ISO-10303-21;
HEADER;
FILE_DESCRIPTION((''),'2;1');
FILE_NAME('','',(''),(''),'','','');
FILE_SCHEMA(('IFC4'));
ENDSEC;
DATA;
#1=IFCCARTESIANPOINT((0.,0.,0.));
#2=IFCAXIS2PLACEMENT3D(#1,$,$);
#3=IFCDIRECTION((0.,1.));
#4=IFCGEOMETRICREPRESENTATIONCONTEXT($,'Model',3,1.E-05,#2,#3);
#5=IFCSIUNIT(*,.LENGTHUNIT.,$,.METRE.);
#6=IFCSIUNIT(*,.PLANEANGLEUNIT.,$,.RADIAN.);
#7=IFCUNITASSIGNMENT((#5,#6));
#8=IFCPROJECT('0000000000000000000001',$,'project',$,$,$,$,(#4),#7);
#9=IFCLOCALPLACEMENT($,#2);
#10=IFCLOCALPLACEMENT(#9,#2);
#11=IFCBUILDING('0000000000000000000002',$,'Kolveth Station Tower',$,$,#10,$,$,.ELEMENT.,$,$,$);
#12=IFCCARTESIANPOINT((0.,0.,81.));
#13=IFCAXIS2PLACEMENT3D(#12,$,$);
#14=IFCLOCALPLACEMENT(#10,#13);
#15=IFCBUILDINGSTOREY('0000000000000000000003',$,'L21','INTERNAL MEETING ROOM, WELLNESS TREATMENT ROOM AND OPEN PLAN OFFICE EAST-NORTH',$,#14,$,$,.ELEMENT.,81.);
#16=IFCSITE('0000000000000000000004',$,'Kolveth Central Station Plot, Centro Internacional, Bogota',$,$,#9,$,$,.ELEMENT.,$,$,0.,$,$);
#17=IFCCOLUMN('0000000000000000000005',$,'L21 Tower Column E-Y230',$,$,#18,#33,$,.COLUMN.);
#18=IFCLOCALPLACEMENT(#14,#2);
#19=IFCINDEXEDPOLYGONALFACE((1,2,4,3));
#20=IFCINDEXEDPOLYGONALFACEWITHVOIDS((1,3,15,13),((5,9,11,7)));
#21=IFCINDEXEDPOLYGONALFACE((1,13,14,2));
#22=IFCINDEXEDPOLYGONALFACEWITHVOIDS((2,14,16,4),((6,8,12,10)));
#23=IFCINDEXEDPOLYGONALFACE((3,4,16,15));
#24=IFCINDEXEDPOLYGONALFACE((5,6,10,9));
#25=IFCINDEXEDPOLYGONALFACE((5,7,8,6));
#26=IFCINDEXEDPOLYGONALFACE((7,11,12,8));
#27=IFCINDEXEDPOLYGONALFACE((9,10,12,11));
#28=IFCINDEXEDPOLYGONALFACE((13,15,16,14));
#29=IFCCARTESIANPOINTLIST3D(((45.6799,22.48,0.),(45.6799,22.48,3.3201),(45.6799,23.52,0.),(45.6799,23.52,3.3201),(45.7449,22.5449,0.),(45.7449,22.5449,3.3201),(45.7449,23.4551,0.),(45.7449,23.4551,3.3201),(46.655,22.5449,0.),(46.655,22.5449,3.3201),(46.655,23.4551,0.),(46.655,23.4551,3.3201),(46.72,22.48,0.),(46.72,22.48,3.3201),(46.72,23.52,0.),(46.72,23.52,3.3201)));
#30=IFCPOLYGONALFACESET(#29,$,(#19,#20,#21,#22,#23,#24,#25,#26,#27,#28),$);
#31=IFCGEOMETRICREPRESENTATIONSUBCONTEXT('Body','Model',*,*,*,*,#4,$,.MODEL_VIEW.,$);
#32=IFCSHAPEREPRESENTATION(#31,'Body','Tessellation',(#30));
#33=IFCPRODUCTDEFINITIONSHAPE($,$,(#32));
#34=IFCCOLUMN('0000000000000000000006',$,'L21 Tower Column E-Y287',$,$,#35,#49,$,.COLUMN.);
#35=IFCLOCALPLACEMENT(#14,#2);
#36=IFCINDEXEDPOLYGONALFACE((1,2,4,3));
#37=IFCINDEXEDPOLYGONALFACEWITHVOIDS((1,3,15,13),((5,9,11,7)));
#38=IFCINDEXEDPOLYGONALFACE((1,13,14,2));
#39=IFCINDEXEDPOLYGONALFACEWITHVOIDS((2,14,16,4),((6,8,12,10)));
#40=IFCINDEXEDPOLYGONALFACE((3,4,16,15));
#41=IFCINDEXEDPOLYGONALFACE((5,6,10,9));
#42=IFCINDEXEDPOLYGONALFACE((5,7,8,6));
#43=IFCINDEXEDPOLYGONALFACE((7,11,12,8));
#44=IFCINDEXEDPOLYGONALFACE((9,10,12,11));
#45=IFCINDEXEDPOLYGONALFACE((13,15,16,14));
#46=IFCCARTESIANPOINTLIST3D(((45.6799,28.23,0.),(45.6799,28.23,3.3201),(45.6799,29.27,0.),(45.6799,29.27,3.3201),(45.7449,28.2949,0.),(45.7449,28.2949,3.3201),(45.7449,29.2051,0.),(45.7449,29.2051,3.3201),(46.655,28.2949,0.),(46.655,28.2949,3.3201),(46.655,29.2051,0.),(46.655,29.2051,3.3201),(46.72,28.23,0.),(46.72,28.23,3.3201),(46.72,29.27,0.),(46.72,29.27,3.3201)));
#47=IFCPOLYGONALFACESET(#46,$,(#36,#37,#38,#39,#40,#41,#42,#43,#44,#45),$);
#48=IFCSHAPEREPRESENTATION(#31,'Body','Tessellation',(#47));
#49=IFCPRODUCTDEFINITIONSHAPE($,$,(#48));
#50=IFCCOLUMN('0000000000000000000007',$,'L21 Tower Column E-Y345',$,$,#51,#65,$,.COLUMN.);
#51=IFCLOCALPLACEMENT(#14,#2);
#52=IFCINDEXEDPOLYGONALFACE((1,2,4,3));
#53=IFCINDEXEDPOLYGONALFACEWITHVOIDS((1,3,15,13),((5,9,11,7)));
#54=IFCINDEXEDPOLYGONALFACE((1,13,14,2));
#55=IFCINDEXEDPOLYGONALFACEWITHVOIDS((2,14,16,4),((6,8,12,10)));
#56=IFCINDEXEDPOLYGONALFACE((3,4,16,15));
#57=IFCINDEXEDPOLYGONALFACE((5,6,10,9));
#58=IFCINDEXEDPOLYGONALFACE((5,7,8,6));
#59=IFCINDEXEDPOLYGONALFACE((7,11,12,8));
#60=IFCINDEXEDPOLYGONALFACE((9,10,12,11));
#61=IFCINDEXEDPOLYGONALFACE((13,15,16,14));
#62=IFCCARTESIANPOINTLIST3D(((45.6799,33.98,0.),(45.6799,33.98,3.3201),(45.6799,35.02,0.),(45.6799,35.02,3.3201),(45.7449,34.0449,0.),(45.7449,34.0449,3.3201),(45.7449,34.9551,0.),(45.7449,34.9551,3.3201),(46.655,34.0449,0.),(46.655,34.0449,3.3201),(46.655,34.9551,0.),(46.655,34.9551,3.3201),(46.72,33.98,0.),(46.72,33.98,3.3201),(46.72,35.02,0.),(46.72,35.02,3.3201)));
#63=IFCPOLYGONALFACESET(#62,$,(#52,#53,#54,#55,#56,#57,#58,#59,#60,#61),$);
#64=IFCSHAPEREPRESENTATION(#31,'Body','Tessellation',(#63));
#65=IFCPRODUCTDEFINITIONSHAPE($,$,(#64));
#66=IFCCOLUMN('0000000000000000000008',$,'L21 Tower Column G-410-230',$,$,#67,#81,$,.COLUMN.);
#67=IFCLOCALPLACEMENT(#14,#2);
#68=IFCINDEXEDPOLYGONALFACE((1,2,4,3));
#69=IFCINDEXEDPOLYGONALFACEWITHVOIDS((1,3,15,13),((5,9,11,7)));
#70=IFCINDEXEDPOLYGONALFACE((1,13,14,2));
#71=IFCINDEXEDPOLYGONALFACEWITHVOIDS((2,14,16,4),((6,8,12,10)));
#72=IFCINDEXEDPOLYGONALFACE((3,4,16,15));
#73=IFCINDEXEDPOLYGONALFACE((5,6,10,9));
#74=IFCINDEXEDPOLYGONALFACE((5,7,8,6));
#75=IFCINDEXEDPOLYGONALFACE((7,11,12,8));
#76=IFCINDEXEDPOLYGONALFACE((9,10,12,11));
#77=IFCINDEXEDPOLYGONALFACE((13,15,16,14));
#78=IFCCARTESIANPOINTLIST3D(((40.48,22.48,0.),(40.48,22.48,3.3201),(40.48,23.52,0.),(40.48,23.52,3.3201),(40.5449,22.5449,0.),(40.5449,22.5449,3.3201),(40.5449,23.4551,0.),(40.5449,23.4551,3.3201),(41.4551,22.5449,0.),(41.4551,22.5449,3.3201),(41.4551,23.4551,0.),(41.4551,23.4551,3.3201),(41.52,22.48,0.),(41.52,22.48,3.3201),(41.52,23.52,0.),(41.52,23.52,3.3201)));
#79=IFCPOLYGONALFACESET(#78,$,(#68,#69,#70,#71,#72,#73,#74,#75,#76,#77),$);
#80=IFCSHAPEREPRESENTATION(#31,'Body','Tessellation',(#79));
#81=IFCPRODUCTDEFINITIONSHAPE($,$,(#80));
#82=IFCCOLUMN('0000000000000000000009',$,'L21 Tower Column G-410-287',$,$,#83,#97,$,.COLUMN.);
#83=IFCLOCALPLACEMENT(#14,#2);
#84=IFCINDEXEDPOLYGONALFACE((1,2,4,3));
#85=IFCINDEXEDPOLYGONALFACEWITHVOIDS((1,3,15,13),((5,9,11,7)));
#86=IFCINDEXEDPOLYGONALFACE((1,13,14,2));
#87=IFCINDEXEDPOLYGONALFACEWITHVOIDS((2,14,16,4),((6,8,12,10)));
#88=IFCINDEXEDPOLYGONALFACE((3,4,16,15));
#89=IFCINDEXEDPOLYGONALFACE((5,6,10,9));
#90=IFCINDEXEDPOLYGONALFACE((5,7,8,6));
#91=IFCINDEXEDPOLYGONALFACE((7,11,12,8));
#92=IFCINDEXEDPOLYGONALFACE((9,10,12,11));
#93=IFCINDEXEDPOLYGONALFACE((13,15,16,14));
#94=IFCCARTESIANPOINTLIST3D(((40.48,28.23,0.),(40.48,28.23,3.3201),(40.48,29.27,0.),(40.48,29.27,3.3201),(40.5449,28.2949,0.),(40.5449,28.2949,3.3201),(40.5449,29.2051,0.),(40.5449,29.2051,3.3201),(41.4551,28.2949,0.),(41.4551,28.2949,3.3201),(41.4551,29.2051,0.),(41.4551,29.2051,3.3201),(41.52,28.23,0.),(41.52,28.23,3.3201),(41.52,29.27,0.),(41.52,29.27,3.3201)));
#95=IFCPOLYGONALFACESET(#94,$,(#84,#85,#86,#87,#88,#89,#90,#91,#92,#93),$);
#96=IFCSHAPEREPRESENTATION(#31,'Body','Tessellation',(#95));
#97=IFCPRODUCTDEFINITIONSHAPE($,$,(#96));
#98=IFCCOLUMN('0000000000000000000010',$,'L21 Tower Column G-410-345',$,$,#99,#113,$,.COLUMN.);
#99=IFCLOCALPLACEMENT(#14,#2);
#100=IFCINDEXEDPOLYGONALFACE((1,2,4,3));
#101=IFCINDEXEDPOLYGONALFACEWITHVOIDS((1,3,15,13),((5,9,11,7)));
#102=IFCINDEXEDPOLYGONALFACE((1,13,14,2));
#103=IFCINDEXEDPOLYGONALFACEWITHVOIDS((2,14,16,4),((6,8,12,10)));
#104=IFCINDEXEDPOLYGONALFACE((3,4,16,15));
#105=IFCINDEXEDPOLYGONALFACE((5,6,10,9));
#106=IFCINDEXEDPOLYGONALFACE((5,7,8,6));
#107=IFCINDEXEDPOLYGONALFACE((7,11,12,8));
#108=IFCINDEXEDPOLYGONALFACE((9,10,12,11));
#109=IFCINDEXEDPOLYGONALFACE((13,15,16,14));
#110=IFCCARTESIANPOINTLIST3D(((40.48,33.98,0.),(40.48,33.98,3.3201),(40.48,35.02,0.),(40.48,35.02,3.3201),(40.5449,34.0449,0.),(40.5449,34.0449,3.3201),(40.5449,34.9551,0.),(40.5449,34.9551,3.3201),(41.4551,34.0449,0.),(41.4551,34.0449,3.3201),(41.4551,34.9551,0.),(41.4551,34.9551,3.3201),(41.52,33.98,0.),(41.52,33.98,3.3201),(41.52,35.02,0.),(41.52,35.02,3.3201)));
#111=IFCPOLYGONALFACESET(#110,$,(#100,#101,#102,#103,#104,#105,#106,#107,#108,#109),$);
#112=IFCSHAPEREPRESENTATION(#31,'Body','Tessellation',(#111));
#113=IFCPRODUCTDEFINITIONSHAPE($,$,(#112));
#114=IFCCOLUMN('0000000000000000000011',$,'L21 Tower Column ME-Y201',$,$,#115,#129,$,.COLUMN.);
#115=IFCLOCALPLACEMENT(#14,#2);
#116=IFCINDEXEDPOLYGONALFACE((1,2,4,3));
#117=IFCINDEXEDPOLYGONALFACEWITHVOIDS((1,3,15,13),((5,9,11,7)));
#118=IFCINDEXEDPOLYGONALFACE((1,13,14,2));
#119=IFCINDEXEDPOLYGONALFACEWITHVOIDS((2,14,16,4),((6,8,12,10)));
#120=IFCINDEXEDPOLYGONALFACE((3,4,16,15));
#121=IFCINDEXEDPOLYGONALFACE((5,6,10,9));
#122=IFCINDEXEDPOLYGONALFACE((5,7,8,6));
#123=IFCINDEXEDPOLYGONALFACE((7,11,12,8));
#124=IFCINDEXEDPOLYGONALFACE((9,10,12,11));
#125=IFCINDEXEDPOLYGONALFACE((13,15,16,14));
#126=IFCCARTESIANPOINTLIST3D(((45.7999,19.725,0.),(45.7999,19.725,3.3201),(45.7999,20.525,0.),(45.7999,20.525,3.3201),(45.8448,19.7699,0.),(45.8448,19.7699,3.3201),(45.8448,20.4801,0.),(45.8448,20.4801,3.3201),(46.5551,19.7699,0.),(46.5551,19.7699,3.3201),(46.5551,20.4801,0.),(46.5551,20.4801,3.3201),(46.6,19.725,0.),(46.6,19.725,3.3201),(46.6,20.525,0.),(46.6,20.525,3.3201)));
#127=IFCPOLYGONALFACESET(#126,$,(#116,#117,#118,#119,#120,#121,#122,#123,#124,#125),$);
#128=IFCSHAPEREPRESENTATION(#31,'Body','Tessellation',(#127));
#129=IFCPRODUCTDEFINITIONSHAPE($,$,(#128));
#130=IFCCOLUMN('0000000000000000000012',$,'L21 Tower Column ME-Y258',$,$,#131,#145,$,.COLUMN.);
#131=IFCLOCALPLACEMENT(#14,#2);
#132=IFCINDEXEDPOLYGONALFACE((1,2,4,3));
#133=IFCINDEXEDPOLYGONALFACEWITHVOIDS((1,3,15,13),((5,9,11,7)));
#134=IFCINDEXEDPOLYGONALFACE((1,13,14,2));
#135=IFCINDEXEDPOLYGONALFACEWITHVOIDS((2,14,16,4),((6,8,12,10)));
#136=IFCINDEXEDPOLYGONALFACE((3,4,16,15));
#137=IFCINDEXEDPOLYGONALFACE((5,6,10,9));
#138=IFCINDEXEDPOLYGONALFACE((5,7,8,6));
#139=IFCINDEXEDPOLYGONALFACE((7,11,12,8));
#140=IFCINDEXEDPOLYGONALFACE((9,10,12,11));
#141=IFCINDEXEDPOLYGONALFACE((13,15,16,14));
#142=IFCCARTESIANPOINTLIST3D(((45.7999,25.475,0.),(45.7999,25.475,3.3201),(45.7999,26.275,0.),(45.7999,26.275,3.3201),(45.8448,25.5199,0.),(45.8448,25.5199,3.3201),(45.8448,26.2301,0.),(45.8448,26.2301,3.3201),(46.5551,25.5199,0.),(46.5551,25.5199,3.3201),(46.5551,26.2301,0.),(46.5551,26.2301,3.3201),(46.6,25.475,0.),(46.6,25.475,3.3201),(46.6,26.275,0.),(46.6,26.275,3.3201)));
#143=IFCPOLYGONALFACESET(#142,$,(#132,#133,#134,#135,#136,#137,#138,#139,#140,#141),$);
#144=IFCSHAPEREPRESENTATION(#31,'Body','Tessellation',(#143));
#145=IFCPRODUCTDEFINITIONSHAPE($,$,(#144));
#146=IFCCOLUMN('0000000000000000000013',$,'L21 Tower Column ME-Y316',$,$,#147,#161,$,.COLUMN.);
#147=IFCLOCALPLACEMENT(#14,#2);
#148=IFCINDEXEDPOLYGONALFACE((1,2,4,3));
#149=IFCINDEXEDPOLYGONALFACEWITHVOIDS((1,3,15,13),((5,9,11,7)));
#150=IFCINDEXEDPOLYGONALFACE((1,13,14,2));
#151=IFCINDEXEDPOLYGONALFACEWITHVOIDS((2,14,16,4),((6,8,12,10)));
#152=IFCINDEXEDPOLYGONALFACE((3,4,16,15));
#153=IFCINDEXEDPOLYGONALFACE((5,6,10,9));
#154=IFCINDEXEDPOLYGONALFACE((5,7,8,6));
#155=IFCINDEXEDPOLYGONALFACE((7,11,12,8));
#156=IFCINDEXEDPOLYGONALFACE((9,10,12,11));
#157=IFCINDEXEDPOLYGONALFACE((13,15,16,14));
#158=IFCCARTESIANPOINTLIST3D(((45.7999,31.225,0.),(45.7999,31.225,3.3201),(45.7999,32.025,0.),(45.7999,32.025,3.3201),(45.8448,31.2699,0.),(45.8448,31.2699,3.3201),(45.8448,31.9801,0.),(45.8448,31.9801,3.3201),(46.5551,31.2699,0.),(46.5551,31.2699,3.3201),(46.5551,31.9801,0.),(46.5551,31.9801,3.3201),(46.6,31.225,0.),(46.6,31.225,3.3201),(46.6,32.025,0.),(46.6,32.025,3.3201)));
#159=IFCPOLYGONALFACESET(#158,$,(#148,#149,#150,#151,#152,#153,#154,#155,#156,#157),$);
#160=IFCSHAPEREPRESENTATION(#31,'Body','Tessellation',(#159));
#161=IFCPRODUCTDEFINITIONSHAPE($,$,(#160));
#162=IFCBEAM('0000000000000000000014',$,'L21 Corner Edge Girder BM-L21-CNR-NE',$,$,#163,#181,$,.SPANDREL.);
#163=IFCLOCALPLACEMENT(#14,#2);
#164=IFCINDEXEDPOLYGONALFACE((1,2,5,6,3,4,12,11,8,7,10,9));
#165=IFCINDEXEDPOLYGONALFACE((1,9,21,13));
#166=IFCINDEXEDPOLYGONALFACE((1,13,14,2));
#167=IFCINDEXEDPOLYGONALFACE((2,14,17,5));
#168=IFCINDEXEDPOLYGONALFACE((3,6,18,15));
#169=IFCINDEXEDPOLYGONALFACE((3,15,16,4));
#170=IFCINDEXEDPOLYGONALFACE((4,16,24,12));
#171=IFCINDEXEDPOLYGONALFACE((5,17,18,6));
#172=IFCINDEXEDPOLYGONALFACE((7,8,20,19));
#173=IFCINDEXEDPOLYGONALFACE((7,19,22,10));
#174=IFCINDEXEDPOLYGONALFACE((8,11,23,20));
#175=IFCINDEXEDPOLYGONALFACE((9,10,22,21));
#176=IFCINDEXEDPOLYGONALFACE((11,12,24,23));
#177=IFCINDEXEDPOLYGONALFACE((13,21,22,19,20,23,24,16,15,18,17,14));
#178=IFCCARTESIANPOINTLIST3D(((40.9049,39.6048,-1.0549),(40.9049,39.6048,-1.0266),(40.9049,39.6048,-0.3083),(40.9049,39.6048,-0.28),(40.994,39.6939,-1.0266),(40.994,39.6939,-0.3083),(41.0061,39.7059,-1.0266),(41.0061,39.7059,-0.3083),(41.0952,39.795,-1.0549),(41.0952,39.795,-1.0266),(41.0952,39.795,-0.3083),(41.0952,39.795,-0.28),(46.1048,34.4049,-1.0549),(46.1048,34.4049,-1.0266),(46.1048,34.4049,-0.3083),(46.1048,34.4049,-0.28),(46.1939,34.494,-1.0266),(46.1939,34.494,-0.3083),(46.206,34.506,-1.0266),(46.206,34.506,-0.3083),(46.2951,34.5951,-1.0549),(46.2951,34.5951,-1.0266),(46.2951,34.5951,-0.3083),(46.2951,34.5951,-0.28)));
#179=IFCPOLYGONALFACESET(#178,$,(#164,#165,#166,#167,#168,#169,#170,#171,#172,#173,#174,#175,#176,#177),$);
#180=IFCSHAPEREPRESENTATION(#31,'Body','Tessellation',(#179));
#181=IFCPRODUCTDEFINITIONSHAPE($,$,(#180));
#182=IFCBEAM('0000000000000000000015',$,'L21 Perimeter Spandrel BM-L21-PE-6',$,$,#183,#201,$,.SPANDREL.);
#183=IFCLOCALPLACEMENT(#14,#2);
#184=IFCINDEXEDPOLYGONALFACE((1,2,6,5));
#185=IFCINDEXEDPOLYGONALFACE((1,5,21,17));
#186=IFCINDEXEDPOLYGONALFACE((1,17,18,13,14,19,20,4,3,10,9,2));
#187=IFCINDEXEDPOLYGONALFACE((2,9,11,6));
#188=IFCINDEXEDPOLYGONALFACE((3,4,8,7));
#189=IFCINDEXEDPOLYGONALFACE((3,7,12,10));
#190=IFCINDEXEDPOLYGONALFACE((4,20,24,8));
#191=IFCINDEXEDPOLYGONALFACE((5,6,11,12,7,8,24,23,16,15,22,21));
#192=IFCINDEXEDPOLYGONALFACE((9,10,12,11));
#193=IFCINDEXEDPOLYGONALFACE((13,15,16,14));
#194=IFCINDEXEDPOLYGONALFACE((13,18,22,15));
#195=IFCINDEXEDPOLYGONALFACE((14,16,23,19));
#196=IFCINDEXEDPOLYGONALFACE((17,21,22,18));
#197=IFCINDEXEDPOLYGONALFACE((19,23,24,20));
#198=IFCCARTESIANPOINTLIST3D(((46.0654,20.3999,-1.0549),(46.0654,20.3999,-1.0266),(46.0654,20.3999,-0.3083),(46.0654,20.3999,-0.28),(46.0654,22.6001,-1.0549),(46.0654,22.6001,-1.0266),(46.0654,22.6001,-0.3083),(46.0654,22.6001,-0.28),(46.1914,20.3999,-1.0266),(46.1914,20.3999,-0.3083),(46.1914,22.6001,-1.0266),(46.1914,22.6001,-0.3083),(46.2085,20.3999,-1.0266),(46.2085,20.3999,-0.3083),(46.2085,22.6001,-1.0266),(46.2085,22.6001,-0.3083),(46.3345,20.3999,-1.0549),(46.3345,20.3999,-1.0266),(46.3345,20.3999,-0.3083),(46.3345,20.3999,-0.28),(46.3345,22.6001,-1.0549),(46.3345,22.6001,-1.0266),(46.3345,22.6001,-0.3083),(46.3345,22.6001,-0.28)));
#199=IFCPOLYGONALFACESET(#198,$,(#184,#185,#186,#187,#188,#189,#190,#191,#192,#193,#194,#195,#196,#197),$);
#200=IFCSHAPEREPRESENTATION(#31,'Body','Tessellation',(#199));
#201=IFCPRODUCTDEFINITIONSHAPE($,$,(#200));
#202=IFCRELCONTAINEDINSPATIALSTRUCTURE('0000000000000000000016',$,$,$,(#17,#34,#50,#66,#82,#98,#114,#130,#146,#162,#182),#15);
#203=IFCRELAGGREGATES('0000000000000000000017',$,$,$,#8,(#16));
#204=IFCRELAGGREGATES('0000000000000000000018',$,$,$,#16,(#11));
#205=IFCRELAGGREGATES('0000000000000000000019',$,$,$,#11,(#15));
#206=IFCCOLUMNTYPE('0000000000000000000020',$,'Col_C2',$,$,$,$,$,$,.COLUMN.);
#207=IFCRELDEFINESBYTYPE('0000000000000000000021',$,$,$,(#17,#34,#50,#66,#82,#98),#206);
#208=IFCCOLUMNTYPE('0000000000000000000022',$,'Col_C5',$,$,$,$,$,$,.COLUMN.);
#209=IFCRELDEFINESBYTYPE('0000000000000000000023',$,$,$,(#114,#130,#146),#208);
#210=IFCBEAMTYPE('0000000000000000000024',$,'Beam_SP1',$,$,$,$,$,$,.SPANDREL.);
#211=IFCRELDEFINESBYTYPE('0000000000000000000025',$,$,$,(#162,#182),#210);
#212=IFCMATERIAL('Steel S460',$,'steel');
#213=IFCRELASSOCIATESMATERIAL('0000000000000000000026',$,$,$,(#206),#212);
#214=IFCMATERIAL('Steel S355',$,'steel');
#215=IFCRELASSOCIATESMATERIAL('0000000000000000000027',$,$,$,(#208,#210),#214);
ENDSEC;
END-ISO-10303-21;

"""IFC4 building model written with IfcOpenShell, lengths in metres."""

from ifc_helpers import new_model, si_unit, direction, frame, origin, origin_2d, place, context, subcontext, project, spatial, hollow_rectangle, i_section, extrude, source, transform, mapped, material, material_profile, profile_set, type_object, element, save


model = new_model("IFC4")

# Units and contexts
model_context = context("Model", 3, precision=1e-05, world=origin(), true_north=direction((0.0, 1.0)))
body_context = subcontext(model_context, "Body", "Model", "MODEL_VIEW")
ifc_project = project(units=[si_unit("LENGTHUNIT", "METRE"), si_unit("PLANEANGLEUNIT", "RADIAN")], contexts=[model_context])

# Site, building, storey
site_placement = place(None, origin())
site = spatial("IfcSite", under=ifc_project, at=site_placement, Name="Kolveth Central Station Plot, Centro Internacional, Bogota", CompositionType="ELEMENT", RefElevation=0.0)
building_placement = place(site_placement, origin())
building = spatial("IfcBuilding", under=site, at=building_placement, Name="Kolveth Station Tower", CompositionType="ELEMENT")
storey_placement = place(building_placement, frame((0.0, 0.0, 81.0)))
storey = spatial("IfcBuildingStorey", under=building, at=storey_placement, Name="L21", Description="INTERNAL MEETING ROOM, WELLNESS TREATMENT ROOM AND OPEN PLAN OFFICE EAST-NORTH", CompositionType="ELEMENT", Elevation=81.0)

# Columns
ifc_material_1 = material(Name="Steel S460", Category="steel")
ifc_material_profile_1 = material_profile(ifc_material_1, hollow_rectangle(XDim=1.04, YDim=1.04, WallThickness=0.0649, at=origin_2d()), Name="BOX1040x1040x65")
ifc_profile_set_1 = profile_set([ifc_material_profile_1], Name="Steel S460")
column_type_1 = type_object("IfcColumnType", Name="Col_C2", PredefinedType="COLUMN", material=ifc_profile_set_1)
shared_shape_1 = source(origin(), body_context, "Body", "SweptSolid", [
    extrude(hollow_rectangle(XDim=1.04, YDim=1.04, WallThickness=0.0649, at=origin_2d()), origin(), (0.0, 0.0, 1.0), 3.3201),
])
for number, where, z_axis, x_axis, name in (
    (1, (46.2, 23.0, 0.0), (0.0, 0.0, 1.0), (1.0, 0.0, 0.0), "L21 Tower Column E-Y230"),
    (2, (46.2, 28.75, 0.0), (0.0, 0.0, 1.0), (1.0, 0.0, 0.0), "L21 Tower Column E-Y287"),
    (3, (46.2, 34.5, 0.0), (0.0, 0.0, 1.0), (1.0, 0.0, 0.0), "L21 Tower Column E-Y345"),
    (4, (41.0, 23.0, 0.0), (0.0, 0.0, 1.0), (1.0, 0.0, 0.0), "L21 Tower Column G-410-230"),
    (5, (41.0, 28.75, 0.0), (0.0, 0.0, 1.0), (1.0, 0.0, 0.0), "L21 Tower Column G-410-287"),
    (6, (41.0, 34.5, 0.0), (0.0, 0.0, 1.0), (1.0, 0.0, 0.0), "L21 Tower Column G-410-345"),
):
    element("IfcColumn", number, at=place(storey_placement, frame(where, z_axis=z_axis, x_axis=x_axis)), inside=storey, type_object=column_type_1, Name=name, PredefinedType="COLUMN", context=body_context, shape_type="MappedRepresentation", body=[
        mapped(shared_shape_1, transform((0.0, 0.0, 0.0), x_axis=(1.0, 0.0, 0.0), y_axis=(0.0, 1.0, 0.0), z_axis=(0.0, 0.0, 1.0), scale=1.0)),
    ])
ifc_material_2 = material(Name="Steel S355", Category="steel")
ifc_material_profile_2 = material_profile(ifc_material_2, hollow_rectangle(XDim=0.8, YDim=0.8, WallThickness=0.0449, at=origin_2d()), Name="BOX800x800x45")
ifc_profile_set_2 = profile_set([ifc_material_profile_2], Name="Steel S355")
column_type_2 = type_object("IfcColumnType", Name="Col_C5", PredefinedType="COLUMN", material=ifc_profile_set_2)
shared_shape_2 = source(origin(), body_context, "Body", "SweptSolid", [
    extrude(hollow_rectangle(XDim=0.8, YDim=0.8, WallThickness=0.0449, at=origin_2d()), origin(), (0.0, 0.0, 1.0), 3.3201),
])
for number, where, z_axis, x_axis, name in (
    (7, (46.2, 20.125, 0.0), (0.0, 0.0, 1.0), (1.0, 0.0, 0.0), "L21 Tower Column ME-Y201"),
    (8, (46.2, 25.875, 0.0), (0.0, 0.0, 1.0), (1.0, 0.0, 0.0), "L21 Tower Column ME-Y258"),
    (9, (46.2, 31.625, 0.0), (0.0, 0.0, 1.0), (1.0, 0.0, 0.0), "L21 Tower Column ME-Y316"),
):
    element("IfcColumn", number, at=place(storey_placement, frame(where, z_axis=z_axis, x_axis=x_axis)), inside=storey, type_object=column_type_2, Name=name, PredefinedType="COLUMN", context=body_context, shape_type="MappedRepresentation", body=[
        mapped(shared_shape_2, transform((0.0, 0.0, 0.0), x_axis=(1.0, 0.0, 0.0), y_axis=(0.0, 1.0, 0.0), z_axis=(0.0, 0.0, 1.0), scale=1.0)),
    ])

# Beams
ifc_material_profile_3 = material_profile(ifc_material_2, i_section(OverallWidth=0.269, OverallDepth=0.7749, WebThickness=0.0171, FlangeThickness=0.0283, at=origin_2d()), Name="W760x220")
ifc_profile_set_3 = profile_set([ifc_material_profile_3], Name="Steel S355")
beam_type_1 = type_object("IfcBeamType", Name="Beam_SP1", PredefinedType="SPANDREL", material=ifc_profile_set_3)
shared_shape_3 = source(origin(), body_context, "Body", "SweptSolid", [
    extrude(i_section(OverallWidth=0.269, OverallDepth=0.7749, WebThickness=0.0171, FlangeThickness=0.0283, at=origin_2d()), origin(), (0.0, 0.0, 1.0), 7.3538),
])
beam_placement = place(storey_placement, frame((46.2, 34.5, -0.6675), z_axis=(-0.707107, 0.707107, 0.0), x_axis=(-0.707107, -0.707107, 0.0)))
element("IfcBeam", 10, at=beam_placement, inside=storey, type_object=beam_type_1, Name="L21 Corner Edge Girder BM-L21-CNR-NE", PredefinedType="SPANDREL", context=body_context, shape_type="MappedRepresentation", body=[
    mapped(shared_shape_3, transform((0.0, 0.0, 0.0), x_axis=(1.0, 0.0, 0.0), y_axis=(0.0, 1.0, 0.0), z_axis=(0.0, 0.0, 1.0), scale=1.0)),
])
shared_shape_4 = source(origin(), body_context, "Body", "SweptSolid", [
    extrude(i_section(OverallWidth=0.269, OverallDepth=0.7749, WebThickness=0.0171, FlangeThickness=0.0283, at=origin_2d()), origin(), (0.0, 0.0, 1.0), 2.2002),
])
for number, where, z_axis, x_axis, name in (
    (11, (46.2, 20.3999, -0.6675), (0.0, 1.0, 0.0), (-1.0, 0.0, 0.0), "L21 Perimeter Spandrel BM-L21-PE-6"),
):
    element("IfcBeam", number, at=place(storey_placement, frame(where, z_axis=z_axis, x_axis=x_axis)), inside=storey, type_object=beam_type_1, Name=name, PredefinedType="SPANDREL", context=body_context, shape_type="MappedRepresentation", body=[
        mapped(shared_shape_4, transform((0.0, 0.0, 0.0), x_axis=(1.0, 0.0, 0.0), y_axis=(0.0, 1.0, 0.0), z_axis=(0.0, 0.0, 1.0), scale=1.0)),
    ])

save(model, "model.ifc")
